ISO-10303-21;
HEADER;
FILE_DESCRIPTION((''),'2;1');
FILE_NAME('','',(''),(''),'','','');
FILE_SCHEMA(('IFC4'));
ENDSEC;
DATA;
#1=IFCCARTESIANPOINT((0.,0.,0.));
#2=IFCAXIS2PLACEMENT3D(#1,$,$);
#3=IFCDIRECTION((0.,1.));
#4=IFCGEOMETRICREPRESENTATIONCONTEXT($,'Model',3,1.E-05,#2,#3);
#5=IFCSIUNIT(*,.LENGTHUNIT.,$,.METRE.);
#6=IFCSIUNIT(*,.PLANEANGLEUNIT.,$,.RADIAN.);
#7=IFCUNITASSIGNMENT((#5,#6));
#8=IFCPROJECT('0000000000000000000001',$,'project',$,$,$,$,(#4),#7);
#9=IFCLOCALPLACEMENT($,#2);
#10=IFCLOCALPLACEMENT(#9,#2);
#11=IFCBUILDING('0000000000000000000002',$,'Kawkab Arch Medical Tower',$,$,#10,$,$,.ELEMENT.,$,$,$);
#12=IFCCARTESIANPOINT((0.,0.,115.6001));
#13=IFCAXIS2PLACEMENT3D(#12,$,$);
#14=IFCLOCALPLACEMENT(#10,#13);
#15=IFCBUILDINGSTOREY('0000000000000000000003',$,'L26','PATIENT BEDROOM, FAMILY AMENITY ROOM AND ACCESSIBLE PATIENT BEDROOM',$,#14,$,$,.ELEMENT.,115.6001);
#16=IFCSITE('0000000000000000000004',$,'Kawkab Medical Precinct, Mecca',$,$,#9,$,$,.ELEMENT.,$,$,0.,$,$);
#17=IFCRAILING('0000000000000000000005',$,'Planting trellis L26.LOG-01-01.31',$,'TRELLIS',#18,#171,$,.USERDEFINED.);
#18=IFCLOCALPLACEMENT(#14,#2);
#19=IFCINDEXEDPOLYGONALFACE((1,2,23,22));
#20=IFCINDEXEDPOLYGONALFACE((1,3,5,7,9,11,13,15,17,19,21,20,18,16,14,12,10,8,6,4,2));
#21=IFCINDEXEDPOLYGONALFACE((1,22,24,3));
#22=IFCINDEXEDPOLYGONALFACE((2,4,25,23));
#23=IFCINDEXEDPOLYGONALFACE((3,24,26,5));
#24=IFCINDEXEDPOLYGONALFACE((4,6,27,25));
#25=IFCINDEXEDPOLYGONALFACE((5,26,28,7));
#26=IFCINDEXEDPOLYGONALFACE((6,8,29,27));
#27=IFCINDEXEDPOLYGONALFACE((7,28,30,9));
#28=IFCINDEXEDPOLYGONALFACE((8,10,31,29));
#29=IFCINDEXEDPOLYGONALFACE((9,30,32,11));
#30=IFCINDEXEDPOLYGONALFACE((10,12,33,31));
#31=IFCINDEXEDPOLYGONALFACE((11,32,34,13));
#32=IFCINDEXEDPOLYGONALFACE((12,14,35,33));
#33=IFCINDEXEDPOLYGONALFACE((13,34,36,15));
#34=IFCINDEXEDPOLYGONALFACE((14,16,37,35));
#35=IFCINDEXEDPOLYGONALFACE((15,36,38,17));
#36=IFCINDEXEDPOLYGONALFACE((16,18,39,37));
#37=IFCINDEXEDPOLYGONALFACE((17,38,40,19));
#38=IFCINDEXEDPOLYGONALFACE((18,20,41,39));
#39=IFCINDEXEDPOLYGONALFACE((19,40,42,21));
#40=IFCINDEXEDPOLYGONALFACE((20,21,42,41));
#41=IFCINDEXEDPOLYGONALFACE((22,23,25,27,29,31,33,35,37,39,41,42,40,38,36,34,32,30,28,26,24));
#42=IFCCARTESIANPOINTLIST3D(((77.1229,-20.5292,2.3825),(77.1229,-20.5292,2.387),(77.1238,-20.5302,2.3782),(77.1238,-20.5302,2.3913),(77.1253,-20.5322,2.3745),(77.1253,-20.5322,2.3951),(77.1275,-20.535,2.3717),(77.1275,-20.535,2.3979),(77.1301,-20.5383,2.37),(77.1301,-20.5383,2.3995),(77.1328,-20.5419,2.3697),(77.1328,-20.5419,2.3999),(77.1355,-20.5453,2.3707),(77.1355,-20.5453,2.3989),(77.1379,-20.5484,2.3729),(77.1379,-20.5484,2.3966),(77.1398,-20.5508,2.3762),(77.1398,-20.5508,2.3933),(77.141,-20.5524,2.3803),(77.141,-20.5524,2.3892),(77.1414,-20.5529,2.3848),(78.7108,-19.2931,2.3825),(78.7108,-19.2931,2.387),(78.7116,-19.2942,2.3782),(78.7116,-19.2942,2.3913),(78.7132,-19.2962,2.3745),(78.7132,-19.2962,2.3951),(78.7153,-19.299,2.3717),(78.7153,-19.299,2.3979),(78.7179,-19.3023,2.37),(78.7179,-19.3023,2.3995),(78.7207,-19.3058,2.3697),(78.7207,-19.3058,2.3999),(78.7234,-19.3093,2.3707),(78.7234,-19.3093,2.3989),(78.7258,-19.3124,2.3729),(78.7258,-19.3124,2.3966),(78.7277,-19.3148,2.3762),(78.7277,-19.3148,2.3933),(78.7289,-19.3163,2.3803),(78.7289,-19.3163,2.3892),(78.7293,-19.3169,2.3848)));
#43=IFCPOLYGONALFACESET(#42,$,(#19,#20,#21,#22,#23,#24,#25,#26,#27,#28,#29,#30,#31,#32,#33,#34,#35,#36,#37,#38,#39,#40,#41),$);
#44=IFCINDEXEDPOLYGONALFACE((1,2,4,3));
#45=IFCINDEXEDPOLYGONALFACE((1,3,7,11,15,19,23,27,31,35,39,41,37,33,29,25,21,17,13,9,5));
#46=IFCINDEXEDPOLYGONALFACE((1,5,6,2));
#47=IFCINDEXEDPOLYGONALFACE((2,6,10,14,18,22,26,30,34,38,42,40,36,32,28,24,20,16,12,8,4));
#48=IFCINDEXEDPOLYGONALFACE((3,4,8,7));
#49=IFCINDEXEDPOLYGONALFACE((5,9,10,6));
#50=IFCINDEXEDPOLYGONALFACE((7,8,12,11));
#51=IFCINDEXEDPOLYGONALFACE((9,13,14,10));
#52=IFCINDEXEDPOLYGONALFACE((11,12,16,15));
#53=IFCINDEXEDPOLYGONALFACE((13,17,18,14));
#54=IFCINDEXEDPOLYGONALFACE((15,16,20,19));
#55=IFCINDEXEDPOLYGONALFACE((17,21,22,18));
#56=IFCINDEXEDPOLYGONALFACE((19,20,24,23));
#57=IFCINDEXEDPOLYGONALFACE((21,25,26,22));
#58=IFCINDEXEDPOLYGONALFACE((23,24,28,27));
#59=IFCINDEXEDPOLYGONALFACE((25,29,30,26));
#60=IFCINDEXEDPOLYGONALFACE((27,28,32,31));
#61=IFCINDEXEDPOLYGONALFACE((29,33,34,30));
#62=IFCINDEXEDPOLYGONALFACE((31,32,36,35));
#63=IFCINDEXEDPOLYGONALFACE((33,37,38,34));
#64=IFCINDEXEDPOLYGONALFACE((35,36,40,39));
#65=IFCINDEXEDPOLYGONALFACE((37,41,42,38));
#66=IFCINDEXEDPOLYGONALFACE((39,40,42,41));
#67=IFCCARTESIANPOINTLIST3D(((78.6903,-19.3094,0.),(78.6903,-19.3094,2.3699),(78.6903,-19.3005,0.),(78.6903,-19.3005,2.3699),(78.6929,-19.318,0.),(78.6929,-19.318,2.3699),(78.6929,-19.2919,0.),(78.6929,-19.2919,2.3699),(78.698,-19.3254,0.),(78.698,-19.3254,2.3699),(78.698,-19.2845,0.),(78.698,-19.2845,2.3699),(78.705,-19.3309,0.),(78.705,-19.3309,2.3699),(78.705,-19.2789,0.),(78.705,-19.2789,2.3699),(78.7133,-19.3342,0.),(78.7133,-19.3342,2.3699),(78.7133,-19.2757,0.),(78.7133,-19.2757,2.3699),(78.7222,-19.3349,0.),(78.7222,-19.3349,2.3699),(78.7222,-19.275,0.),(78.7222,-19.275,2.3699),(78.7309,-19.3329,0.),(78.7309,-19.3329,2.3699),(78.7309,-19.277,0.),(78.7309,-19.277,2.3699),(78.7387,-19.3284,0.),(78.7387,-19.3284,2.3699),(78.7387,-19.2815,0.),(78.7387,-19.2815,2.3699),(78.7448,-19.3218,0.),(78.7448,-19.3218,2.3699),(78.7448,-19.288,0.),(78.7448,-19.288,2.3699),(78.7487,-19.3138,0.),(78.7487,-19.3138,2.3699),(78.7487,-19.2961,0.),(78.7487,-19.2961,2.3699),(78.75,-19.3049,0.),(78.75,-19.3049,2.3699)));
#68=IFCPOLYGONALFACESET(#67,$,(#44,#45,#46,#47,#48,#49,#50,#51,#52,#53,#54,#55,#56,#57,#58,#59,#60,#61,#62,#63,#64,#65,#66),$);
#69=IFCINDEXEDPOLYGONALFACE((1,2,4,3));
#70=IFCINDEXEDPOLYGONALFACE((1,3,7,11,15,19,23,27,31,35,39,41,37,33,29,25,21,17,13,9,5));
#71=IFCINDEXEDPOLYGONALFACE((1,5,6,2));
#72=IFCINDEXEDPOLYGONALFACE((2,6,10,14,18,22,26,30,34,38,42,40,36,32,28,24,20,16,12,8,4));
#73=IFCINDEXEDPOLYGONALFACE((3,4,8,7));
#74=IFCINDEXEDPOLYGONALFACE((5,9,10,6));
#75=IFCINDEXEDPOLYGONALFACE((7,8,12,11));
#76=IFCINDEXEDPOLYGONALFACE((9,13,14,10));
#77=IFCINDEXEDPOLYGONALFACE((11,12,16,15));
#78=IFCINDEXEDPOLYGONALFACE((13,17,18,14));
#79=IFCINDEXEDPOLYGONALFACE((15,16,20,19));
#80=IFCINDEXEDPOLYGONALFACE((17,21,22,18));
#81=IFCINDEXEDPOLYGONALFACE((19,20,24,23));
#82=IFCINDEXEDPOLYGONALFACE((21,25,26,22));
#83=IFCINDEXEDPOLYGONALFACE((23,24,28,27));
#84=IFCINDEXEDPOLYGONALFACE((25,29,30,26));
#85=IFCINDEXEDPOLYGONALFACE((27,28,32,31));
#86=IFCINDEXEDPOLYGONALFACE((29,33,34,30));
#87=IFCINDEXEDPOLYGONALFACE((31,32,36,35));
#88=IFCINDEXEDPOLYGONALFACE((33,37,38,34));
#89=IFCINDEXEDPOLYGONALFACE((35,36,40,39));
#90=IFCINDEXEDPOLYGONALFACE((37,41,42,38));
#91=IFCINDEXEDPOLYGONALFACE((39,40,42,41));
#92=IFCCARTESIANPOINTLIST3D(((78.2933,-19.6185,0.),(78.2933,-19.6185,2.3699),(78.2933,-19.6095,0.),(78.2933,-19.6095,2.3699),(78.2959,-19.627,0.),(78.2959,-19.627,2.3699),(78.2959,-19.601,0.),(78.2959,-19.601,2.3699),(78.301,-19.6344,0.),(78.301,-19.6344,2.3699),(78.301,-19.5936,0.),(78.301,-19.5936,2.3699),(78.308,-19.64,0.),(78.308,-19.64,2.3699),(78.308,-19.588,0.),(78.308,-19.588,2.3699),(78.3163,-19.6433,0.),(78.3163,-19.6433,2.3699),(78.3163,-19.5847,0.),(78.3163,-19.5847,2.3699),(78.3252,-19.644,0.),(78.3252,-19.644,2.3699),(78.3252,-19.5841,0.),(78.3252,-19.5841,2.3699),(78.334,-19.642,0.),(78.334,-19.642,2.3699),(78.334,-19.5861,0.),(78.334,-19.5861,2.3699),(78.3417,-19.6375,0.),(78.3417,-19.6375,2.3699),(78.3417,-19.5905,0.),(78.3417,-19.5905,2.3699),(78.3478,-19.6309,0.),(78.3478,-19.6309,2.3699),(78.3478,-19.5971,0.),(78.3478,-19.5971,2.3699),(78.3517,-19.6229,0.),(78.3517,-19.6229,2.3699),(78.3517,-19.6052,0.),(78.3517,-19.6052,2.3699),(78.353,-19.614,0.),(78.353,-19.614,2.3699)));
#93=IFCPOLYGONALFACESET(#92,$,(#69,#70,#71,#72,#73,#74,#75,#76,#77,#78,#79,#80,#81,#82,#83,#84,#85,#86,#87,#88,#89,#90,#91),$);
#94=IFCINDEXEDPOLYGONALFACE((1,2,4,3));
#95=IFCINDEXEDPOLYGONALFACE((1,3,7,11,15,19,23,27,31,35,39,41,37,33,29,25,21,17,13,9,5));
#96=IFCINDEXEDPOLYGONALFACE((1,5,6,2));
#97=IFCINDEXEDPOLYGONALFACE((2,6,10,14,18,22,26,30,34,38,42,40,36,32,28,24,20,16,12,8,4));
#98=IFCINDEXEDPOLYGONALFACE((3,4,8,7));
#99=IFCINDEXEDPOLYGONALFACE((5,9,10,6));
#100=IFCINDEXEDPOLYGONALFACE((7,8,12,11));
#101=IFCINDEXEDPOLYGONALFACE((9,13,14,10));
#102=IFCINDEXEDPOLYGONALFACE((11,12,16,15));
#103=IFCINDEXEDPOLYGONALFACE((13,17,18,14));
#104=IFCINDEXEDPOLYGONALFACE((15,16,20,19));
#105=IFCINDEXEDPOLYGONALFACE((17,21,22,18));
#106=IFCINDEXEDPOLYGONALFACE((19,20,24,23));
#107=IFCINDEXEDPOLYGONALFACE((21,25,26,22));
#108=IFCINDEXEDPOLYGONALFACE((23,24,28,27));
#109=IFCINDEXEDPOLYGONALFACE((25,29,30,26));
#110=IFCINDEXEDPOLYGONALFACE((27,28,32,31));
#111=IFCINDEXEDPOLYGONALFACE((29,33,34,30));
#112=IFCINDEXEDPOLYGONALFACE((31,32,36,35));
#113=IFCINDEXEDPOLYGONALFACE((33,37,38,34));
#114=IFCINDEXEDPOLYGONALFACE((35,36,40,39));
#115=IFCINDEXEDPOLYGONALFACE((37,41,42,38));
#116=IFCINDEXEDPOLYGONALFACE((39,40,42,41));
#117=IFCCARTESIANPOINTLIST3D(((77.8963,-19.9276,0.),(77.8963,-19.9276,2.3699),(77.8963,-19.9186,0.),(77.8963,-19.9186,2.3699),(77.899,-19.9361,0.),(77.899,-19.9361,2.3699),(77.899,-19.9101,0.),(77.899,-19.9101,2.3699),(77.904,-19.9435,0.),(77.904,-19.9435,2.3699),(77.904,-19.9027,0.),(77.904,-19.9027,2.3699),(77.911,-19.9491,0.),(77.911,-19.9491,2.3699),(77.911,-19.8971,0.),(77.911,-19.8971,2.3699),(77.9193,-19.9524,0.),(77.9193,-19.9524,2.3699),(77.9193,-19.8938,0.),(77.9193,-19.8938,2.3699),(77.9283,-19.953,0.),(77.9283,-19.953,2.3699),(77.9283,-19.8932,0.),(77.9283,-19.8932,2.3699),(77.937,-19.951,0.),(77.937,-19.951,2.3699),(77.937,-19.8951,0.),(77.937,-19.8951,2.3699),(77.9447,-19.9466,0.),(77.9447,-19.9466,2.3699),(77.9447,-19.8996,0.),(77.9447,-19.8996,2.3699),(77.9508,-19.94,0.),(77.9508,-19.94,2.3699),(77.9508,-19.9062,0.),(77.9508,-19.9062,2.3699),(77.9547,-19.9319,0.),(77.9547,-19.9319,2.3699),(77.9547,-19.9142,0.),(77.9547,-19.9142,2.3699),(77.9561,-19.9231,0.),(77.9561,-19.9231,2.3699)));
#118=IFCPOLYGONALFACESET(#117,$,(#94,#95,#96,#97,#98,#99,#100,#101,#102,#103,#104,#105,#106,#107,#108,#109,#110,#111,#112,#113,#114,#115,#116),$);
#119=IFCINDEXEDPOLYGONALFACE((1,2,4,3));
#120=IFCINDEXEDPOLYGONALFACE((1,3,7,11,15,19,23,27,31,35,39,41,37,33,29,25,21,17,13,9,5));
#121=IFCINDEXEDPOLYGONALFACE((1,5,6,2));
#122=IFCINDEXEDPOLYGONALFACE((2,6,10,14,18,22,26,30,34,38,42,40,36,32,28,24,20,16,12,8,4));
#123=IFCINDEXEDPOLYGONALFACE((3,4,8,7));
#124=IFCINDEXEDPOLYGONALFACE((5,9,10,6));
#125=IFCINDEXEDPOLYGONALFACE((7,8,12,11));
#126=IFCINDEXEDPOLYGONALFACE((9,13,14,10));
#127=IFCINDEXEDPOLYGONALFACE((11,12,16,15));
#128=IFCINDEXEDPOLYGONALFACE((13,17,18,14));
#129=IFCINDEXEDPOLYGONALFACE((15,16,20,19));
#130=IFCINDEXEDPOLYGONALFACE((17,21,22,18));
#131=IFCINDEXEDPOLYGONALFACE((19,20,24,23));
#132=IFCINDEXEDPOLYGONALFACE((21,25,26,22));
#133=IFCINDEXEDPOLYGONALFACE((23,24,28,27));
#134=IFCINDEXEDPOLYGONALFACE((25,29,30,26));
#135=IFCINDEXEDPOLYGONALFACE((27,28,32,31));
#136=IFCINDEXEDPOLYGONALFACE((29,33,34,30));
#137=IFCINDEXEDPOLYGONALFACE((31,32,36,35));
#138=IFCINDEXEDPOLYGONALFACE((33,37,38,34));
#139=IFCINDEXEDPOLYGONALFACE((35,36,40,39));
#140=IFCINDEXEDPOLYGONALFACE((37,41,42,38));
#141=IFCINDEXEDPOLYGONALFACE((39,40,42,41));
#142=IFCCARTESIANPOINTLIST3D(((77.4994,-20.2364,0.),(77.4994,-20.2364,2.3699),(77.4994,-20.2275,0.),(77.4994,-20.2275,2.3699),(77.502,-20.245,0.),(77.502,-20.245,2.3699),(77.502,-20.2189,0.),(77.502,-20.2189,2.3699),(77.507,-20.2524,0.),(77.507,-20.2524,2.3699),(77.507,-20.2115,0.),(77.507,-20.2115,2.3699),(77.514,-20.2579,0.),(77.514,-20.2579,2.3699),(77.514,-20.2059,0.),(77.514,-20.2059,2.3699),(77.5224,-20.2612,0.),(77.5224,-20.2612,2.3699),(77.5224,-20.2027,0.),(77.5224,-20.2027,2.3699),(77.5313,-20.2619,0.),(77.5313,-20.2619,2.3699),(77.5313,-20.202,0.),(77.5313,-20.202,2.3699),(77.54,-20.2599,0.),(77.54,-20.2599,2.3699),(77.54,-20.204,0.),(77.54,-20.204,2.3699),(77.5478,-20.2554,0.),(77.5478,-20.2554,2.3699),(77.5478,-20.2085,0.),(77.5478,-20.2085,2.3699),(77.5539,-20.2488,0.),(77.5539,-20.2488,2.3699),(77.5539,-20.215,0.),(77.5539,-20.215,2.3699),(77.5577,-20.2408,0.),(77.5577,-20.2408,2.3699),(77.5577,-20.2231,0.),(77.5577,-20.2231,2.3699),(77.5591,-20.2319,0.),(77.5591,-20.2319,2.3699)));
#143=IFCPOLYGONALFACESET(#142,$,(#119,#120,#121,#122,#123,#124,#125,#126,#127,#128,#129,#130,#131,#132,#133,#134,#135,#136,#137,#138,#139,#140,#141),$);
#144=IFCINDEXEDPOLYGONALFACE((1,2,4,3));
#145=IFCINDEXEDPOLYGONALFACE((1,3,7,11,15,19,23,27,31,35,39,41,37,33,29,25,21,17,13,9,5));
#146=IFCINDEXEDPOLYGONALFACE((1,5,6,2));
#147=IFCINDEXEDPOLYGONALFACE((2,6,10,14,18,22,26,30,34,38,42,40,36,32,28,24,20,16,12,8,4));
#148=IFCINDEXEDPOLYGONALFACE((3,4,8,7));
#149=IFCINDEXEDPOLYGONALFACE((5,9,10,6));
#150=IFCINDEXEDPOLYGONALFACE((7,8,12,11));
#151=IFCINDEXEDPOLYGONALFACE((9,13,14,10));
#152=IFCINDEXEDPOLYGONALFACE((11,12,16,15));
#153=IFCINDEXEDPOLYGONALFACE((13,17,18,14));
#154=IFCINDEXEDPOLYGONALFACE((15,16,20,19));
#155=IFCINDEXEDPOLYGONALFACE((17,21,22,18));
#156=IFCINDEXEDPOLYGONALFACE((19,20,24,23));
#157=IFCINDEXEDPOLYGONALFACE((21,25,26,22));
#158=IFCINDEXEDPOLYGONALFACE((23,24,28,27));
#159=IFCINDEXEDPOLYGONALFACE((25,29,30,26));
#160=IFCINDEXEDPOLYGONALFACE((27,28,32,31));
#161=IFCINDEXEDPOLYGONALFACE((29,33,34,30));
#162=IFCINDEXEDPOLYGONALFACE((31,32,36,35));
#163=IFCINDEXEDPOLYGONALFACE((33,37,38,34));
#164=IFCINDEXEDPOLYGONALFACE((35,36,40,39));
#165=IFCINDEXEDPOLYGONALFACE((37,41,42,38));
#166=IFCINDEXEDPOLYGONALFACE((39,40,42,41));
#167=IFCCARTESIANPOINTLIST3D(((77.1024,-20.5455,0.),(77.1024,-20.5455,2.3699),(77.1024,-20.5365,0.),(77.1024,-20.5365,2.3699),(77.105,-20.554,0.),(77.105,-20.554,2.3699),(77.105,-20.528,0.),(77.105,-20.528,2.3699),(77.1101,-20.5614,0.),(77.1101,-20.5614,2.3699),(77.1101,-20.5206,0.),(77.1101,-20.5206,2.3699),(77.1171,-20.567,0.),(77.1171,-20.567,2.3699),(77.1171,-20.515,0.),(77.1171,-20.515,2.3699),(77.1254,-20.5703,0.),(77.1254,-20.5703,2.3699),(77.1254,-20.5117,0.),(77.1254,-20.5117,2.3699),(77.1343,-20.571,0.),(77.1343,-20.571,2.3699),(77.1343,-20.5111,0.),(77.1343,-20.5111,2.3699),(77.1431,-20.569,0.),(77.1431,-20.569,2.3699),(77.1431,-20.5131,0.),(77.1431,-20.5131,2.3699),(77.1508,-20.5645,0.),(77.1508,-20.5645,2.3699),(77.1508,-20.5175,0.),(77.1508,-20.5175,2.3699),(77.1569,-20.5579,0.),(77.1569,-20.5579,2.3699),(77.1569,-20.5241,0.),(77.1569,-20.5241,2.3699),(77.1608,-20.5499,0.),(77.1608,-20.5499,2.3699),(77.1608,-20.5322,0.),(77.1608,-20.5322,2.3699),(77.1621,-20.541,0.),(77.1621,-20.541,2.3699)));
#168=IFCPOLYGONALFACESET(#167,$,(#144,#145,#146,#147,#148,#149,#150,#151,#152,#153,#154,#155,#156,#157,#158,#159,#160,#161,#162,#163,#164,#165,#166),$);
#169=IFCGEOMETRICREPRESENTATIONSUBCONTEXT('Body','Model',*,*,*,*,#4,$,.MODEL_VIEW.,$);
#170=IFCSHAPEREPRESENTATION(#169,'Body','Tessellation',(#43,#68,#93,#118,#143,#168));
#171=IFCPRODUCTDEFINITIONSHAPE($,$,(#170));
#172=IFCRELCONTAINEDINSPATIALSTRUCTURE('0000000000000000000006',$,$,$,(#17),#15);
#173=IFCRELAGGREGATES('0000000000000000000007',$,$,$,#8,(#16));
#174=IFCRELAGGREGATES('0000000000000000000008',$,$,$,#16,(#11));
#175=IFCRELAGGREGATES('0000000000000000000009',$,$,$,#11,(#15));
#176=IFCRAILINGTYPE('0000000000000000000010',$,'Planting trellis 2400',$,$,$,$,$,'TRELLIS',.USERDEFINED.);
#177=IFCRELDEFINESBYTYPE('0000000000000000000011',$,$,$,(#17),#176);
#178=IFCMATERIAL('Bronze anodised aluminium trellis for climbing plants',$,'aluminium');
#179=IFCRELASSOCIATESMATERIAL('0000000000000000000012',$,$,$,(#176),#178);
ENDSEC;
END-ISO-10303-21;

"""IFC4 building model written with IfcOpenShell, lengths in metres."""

from ifc_helpers import new_model, si_unit, direction, frame, origin, origin_2d, place, context, subcontext, project, spatial, circle, extrude, material, type_object, element, save


model = new_model("IFC4")

# Units and contexts
model_context = context("Model", 3, precision=1e-05, world=origin(), true_north=direction((0.0, 1.0)))
body_context = subcontext(model_context, "Body", "Model", "MODEL_VIEW")
ifc_project = project(units=[si_unit("LENGTHUNIT", "METRE"), si_unit("PLANEANGLEUNIT", "RADIAN")], contexts=[model_context])

# Site, building, storey
site_placement = place(None, origin())
site = spatial("IfcSite", under=ifc_project, at=site_placement, Name="Kawkab Medical Precinct, Mecca", CompositionType="ELEMENT", RefElevation=0.0)
building_placement = place(site_placement, origin())
building = spatial("IfcBuilding", under=site, at=building_placement, Name="Kawkab Arch Medical Tower", CompositionType="ELEMENT")
storey_placement = place(building_placement, frame((0.0, 0.0, 115.6001)))
storey = spatial("IfcBuildingStorey", under=building, at=storey_placement, Name="L26", Description="PATIENT BEDROOM, FAMILY AMENITY ROOM AND ACCESSIBLE PATIENT BEDROOM", CompositionType="ELEMENT", Elevation=115.6001)

# Railing
ifc_material_1 = material(Name="Bronze anodised aluminium trellis for climbing plants", Category="aluminium")
railing_type_1 = type_object("IfcRailingType", Name="Planting trellis 2400", ElementType="TRELLIS", PredefinedType="USERDEFINED", material=ifc_material_1)
railing_1_placement = place(storey_placement, frame((78.72, -19.3049, 0.0)))
element("IfcRailing", 1, at=railing_1_placement, inside=storey, type_object=railing_type_1, Name="Planting trellis L26.LOG-01-01.31", ObjectType="TRELLIS", PredefinedType="USERDEFINED", context=body_context, shape_type="SweptSolid", body=[
    extrude(circle(Radius=0.0151, at=origin_2d()), frame((0.0, 0.0, 2.3848), z_axis=(-0.789097, -0.614268, 0.0), x_axis=(0.614268, -0.789097, 0.0)), (0.0, 0.0, 1.0), 2.0122),
    extrude(circle(Radius=0.03, at=origin_2d()), origin(), (0.0, 0.0, 1.0), 2.3699),
    extrude(circle(Radius=0.03, at=origin_2d()), frame((-0.397, -0.3091, 0.0)), (0.0, 0.0, 1.0), 2.3699),
    extrude(circle(Radius=0.03, at=origin_2d()), frame((-0.7939, -0.6182, 0.0)), (0.0, 0.0, 1.0), 2.3699),
    extrude(circle(Radius=0.03, at=origin_2d()), frame((-1.1909, -0.927, 0.0)), (0.0, 0.0, 1.0), 2.3699),
    extrude(circle(Radius=0.03, at=origin_2d()), frame((-1.5879, -1.2361, 0.0)), (0.0, 0.0, 1.0), 2.3699),
])

save(model, "model.ifc")
